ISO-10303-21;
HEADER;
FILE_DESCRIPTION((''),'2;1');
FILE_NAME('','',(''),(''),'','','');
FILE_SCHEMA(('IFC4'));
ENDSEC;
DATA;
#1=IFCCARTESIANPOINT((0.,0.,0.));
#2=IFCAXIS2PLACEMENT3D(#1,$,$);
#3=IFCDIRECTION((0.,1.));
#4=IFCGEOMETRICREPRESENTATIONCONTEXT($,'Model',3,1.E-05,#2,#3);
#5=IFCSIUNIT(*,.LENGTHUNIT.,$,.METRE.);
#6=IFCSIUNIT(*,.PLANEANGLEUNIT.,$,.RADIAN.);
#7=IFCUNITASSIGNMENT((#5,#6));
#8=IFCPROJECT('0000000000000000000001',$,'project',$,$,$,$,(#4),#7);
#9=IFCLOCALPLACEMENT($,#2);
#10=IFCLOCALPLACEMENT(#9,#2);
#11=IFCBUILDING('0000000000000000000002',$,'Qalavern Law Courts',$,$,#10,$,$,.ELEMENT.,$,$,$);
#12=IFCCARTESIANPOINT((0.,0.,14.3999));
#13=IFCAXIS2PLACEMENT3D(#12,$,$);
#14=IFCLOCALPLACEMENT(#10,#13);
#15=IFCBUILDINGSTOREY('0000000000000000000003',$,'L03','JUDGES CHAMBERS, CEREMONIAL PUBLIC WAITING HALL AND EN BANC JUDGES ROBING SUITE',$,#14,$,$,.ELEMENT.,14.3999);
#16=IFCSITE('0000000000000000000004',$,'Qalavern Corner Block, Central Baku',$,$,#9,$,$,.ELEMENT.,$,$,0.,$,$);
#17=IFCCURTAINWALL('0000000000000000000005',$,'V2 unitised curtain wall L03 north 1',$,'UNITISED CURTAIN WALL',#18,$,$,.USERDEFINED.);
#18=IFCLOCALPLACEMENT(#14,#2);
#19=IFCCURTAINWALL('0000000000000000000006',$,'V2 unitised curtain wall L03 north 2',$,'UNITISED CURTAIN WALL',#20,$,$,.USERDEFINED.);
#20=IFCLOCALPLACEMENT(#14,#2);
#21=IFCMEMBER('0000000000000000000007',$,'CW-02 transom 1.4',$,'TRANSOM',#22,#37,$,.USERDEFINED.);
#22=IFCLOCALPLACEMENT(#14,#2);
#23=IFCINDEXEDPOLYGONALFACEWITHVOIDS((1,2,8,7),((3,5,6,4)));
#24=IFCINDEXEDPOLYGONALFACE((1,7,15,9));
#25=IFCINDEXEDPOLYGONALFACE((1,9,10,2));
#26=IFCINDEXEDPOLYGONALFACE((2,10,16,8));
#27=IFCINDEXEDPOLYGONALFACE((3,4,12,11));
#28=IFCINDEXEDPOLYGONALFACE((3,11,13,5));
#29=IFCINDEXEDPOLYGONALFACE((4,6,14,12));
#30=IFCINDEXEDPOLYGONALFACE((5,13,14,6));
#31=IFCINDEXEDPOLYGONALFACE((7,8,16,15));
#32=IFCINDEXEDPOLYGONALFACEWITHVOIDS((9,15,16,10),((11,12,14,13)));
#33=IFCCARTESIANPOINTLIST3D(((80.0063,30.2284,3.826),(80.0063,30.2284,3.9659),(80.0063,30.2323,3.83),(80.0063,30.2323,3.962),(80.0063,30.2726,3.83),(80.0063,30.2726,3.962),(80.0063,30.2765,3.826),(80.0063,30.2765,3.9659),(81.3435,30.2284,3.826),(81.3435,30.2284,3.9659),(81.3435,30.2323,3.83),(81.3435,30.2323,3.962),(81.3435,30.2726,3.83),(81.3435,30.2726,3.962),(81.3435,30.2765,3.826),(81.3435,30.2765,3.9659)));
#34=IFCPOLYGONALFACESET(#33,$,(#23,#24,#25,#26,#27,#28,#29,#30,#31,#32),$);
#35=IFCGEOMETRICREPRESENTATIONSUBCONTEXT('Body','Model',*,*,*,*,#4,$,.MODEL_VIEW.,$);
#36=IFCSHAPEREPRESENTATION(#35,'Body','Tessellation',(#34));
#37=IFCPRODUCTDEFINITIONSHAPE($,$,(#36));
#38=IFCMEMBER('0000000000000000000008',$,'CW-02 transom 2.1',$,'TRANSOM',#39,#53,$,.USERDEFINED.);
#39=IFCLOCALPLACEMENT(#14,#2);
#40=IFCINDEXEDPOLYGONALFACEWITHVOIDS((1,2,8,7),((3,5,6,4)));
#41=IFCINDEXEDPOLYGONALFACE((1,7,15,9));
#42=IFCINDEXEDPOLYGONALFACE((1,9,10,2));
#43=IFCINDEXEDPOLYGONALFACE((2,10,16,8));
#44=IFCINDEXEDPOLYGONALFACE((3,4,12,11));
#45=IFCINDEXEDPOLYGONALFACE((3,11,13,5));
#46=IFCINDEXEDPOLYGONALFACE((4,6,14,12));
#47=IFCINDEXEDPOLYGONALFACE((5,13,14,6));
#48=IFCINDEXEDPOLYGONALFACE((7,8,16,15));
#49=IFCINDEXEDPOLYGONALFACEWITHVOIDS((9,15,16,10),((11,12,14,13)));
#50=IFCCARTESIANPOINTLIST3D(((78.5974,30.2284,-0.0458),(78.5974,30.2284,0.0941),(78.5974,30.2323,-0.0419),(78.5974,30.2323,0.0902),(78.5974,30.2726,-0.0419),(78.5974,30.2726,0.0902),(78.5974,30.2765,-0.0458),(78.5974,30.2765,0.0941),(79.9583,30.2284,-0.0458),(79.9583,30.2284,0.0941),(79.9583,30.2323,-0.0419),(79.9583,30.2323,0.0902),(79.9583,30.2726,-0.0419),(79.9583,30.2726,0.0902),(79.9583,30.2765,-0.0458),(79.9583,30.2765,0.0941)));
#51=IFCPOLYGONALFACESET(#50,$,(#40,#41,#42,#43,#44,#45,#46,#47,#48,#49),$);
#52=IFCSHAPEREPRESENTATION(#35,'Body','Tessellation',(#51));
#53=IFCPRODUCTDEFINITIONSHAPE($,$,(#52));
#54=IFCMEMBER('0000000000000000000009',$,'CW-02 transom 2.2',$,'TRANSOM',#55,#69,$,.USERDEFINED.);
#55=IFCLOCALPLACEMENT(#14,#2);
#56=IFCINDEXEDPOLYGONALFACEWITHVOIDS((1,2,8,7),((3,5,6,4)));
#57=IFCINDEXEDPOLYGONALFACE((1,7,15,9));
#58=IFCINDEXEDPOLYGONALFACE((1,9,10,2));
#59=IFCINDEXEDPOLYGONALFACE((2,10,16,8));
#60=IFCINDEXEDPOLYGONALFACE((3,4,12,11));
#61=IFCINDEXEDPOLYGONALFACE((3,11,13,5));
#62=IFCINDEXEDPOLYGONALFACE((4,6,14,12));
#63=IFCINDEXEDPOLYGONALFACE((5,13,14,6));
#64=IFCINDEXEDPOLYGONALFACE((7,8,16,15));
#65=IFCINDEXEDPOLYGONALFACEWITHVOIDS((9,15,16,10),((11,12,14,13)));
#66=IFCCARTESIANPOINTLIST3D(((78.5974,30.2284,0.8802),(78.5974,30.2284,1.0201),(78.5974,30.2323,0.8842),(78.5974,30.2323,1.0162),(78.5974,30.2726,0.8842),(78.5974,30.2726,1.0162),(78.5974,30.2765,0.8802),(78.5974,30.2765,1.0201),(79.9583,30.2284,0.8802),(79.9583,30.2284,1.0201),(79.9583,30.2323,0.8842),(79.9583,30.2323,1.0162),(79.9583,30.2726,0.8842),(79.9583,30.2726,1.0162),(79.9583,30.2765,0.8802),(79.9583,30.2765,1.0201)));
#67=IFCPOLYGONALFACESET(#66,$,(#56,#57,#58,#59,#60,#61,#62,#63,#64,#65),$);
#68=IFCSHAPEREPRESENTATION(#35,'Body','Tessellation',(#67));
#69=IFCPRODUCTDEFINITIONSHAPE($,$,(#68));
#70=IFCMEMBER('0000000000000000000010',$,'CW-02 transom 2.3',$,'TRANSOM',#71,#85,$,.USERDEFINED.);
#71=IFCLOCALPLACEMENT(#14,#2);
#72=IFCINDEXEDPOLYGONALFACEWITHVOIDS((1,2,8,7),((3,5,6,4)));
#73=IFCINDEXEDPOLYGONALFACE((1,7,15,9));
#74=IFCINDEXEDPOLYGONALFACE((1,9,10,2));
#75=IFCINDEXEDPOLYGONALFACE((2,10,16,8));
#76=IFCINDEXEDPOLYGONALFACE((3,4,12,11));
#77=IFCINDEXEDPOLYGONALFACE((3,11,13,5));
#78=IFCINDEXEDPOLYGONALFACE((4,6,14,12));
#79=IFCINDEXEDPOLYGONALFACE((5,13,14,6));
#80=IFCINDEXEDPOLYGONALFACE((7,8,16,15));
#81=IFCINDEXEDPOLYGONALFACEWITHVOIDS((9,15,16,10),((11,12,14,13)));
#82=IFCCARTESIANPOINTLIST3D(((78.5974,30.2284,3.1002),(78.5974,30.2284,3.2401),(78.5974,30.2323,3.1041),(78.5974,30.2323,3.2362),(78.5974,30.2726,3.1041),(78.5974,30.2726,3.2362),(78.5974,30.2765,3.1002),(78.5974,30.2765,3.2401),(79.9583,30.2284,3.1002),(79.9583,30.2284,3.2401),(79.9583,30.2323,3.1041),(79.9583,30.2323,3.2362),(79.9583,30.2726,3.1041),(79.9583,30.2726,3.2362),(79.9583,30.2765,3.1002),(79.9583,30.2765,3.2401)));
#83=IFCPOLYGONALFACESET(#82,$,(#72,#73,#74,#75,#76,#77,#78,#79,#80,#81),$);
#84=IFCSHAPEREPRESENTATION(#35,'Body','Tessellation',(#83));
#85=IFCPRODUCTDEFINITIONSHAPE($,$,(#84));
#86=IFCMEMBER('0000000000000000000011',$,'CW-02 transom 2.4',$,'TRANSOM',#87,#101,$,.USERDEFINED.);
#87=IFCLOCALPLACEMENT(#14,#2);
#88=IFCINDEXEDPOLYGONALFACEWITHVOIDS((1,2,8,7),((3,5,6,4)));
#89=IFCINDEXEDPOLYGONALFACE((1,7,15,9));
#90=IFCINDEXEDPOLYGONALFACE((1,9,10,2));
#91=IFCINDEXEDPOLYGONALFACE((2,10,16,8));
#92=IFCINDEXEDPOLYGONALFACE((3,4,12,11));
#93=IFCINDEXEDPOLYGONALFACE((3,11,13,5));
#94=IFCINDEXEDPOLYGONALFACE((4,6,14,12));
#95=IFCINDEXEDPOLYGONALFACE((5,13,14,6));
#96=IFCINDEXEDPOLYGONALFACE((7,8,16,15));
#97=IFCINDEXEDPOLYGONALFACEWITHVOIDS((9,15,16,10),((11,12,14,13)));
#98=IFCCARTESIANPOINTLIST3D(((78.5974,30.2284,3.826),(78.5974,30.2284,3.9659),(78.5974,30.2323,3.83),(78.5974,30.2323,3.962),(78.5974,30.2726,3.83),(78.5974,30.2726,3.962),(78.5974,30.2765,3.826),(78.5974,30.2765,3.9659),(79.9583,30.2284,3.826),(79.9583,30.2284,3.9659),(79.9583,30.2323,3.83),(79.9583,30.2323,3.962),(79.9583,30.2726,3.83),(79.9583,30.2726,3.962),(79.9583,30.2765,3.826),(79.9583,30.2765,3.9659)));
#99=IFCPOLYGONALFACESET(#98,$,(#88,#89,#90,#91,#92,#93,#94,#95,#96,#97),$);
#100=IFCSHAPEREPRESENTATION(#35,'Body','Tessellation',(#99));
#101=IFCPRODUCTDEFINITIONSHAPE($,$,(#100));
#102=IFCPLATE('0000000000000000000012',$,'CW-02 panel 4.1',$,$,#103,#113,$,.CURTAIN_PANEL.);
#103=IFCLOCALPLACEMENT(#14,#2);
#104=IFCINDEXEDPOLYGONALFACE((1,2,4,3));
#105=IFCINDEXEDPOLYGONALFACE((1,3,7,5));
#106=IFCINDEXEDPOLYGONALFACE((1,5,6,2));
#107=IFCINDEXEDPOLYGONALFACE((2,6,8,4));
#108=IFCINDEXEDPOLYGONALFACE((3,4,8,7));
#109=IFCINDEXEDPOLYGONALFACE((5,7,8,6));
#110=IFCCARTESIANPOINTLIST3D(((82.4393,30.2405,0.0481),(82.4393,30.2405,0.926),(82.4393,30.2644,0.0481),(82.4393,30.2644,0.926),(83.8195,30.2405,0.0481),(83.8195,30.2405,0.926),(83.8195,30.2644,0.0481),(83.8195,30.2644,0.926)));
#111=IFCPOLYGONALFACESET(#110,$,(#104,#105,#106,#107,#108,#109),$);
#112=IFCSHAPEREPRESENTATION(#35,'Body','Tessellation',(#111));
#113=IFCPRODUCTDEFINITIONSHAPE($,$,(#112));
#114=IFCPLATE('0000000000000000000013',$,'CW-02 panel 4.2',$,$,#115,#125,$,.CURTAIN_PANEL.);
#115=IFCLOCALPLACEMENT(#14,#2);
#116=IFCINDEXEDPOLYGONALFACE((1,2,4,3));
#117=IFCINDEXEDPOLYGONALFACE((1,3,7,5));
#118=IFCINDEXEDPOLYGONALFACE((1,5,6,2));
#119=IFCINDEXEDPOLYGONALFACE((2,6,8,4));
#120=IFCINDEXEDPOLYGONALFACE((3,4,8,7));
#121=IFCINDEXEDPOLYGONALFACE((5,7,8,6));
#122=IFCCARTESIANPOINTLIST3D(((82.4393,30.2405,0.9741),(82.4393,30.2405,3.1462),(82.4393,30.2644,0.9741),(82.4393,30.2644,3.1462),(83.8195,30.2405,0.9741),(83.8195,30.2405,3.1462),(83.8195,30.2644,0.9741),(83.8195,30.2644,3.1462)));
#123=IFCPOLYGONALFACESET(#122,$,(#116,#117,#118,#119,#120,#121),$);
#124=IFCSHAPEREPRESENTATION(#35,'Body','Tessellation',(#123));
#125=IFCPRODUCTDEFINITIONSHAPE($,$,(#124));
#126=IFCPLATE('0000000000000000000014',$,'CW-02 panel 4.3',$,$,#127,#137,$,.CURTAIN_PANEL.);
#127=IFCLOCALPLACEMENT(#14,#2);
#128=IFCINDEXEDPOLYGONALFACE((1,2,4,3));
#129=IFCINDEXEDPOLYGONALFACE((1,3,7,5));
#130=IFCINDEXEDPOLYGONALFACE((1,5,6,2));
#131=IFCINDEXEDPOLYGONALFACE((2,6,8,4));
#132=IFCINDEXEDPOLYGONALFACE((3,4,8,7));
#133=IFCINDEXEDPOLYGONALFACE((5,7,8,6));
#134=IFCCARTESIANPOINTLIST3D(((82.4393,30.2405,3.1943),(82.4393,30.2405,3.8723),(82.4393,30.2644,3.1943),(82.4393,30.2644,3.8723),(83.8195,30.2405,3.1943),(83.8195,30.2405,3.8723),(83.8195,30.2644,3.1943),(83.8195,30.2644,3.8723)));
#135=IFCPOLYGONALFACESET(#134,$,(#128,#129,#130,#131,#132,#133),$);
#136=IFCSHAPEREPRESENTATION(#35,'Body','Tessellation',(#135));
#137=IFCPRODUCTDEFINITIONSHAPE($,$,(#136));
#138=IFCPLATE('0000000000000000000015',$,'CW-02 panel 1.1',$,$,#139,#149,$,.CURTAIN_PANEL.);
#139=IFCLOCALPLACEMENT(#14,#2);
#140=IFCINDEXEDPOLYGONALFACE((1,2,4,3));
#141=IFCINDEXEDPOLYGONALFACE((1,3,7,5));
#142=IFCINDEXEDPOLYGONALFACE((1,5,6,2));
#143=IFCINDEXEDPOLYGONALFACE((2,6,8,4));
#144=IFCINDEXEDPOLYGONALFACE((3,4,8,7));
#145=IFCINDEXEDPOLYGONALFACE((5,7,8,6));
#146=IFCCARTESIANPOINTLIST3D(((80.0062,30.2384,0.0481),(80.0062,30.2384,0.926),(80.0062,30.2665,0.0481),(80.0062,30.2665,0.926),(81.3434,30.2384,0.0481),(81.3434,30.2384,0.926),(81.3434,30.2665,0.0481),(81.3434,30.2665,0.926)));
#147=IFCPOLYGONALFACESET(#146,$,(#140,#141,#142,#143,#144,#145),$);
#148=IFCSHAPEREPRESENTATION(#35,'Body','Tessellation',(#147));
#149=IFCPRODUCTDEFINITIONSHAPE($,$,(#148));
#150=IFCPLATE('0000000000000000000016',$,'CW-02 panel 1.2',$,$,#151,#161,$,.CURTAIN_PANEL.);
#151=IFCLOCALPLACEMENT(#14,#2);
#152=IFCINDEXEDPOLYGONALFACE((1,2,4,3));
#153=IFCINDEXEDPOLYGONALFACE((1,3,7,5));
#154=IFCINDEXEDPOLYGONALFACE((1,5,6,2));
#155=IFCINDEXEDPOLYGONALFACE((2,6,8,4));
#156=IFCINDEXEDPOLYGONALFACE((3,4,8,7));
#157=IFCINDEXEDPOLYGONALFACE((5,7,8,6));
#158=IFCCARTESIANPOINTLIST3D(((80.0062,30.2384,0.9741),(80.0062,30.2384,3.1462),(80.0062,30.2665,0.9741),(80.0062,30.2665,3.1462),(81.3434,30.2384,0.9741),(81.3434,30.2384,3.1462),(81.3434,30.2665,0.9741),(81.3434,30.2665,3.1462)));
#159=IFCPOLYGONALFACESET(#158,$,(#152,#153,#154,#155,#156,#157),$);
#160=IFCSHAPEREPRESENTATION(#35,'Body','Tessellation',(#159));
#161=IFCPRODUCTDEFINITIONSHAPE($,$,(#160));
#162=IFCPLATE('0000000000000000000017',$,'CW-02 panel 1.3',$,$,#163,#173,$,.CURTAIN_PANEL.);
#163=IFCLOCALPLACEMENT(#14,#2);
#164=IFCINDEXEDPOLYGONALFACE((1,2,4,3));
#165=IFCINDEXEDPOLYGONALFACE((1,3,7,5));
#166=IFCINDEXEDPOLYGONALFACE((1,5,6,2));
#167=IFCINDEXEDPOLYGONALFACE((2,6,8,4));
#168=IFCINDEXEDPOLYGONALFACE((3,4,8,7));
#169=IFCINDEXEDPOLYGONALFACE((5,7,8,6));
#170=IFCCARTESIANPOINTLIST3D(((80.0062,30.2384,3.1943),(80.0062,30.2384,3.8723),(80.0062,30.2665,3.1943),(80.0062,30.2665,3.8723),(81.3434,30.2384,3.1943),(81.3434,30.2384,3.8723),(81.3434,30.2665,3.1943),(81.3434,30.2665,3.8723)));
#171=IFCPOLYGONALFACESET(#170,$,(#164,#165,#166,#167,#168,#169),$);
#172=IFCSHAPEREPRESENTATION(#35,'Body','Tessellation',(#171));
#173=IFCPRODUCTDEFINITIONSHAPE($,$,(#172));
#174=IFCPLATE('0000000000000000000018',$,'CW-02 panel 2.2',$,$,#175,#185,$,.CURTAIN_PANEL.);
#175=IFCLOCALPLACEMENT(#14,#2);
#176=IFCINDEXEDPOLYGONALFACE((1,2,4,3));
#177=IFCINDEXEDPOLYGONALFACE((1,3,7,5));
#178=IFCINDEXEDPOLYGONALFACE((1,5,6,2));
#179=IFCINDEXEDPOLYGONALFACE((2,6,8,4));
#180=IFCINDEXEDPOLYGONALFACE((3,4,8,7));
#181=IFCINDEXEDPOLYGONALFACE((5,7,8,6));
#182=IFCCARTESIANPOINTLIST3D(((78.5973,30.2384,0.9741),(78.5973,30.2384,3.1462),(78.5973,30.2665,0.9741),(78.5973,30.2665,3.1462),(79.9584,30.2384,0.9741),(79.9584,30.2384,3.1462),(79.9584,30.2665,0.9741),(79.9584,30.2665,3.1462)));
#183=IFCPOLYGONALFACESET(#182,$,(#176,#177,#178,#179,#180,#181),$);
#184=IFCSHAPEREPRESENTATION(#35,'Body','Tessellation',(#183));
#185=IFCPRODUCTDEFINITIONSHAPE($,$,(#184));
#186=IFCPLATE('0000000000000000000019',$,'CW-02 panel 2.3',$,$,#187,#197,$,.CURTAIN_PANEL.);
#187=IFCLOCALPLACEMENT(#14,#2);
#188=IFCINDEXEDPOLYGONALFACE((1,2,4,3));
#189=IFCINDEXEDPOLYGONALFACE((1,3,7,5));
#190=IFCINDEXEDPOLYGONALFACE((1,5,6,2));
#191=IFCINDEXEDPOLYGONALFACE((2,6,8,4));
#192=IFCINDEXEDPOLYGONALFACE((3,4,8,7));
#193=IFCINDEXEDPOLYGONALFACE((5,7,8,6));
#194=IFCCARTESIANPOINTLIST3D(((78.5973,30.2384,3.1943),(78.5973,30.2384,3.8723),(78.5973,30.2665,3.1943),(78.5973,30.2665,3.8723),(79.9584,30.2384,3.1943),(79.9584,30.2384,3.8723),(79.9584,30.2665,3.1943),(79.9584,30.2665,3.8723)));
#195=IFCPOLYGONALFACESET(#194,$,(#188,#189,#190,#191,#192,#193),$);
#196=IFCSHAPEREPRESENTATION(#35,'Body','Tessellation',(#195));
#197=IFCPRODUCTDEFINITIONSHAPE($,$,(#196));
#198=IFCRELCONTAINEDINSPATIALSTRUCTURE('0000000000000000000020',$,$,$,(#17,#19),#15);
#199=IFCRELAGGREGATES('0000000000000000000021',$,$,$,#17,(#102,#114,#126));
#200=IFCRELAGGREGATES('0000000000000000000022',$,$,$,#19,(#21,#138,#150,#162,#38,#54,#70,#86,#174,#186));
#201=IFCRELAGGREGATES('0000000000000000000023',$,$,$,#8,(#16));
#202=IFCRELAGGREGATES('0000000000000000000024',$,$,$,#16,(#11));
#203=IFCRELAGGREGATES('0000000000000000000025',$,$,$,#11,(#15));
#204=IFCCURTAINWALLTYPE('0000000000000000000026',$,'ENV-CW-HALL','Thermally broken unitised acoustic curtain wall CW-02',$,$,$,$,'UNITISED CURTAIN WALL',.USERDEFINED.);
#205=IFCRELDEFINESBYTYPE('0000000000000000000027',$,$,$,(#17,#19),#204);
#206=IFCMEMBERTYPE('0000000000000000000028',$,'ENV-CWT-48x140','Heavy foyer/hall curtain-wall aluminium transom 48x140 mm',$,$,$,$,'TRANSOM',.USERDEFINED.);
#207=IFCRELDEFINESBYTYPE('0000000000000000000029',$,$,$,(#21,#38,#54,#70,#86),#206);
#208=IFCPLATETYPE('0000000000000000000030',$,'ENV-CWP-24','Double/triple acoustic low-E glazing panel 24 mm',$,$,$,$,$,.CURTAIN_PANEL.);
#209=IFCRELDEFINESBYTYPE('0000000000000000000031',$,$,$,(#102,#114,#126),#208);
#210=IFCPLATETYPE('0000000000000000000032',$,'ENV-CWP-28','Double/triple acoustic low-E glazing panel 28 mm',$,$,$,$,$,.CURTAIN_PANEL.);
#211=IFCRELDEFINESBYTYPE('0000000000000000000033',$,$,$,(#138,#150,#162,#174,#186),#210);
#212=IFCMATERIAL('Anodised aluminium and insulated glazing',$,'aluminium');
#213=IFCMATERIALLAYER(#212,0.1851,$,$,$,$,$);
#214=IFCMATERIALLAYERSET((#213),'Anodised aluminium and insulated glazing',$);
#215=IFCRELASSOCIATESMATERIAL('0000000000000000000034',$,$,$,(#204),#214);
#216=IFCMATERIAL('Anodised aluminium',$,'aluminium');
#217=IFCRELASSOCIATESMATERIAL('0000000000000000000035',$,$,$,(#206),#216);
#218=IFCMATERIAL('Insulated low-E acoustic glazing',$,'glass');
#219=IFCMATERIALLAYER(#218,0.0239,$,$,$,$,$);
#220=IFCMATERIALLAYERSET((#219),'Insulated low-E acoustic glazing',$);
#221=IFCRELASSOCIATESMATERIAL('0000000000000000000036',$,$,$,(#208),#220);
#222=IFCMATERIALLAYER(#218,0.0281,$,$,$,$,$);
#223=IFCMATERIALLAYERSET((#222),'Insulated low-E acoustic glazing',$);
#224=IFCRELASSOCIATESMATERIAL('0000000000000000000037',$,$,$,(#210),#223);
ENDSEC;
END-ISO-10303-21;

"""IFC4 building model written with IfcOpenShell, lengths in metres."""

from ifc_helpers import new_model, si_unit, direction, frame, origin, origin_2d, place, context, subcontext, project, spatial, rectangle, hollow_rectangle, extrude, material, layer, layer_set, material_profile, profile_set, type_object, element, aggregate, save


model = new_model("IFC4")

# Units and contexts
model_context = context("Model", 3, precision=1e-05, world=origin(), true_north=direction((0.0, 1.0)))
body_context = subcontext(model_context, "Body", "Model", "MODEL_VIEW")
ifc_project = project(units=[si_unit("LENGTHUNIT", "METRE"), si_unit("PLANEANGLEUNIT", "RADIAN")], contexts=[model_context])

# Site, building, storey
site_placement = place(None, origin())
site = spatial("IfcSite", under=ifc_project, at=site_placement, Name="Qalavern Corner Block, Central Baku", CompositionType="ELEMENT", RefElevation=0.0)
building_placement = place(site_placement, origin())
building = spatial("IfcBuilding", under=site, at=building_placement, Name="Qalavern Law Courts", CompositionType="ELEMENT")
storey_placement = place(building_placement, frame((0.0, 0.0, 14.3999)))
storey = spatial("IfcBuildingStorey", under=building, at=storey_placement, Name="L03", Description="JUDGES CHAMBERS, CEREMONIAL PUBLIC WAITING HALL AND EN BANC JUDGES ROBING SUITE", CompositionType="ELEMENT", Elevation=14.3999)

# Curtain walls
ifc_material_1 = material(Name="Anodised aluminium and insulated glazing", Category="aluminium")
ifc_layer_1 = layer(ifc_material_1, 0.1851)
ifc_layer_set_1 = layer_set([ifc_layer_1], Name="Anodised aluminium and insulated glazing")
curtain_wall_type = type_object("IfcCurtainWallType", Name="ENV-CW-HALL", Description="Thermally broken unitised acoustic curtain wall CW-02", ElementType="UNITISED CURTAIN WALL", PredefinedType="USERDEFINED", material=ifc_layer_set_1)
curtain_wall_1_placement = place(storey_placement, origin())
curtain_wall_1 = element("IfcCurtainWall", 1, at=curtain_wall_1_placement, inside=storey, type_object=curtain_wall_type, Name="V2 unitised curtain wall L03 north 1", ObjectType="UNITISED CURTAIN WALL", PredefinedType="USERDEFINED")
ifc_material_2 = material(Name="Anodised aluminium", Category="aluminium")
curtain_wall_2_placement = place(storey_placement, origin())
curtain_wall_2 = element("IfcCurtainWall", 2, at=curtain_wall_2_placement, inside=storey, type_object=curtain_wall_type, Name="V2 unitised curtain wall L03 north 2", ObjectType="UNITISED CURTAIN WALL", PredefinedType="USERDEFINED")

# Members
ifc_material_profile_1 = material_profile(ifc_material_2, hollow_rectangle(XDim=0.0481, YDim=0.1399, WallThickness=0.0039, at=origin_2d()), Name="ALU TRANSOM 48x140")
ifc_profile_set_1 = profile_set([ifc_material_profile_1], Name="Anodised aluminium")
member_type_1 = type_object("IfcMemberType", Name="ENV-CWT-48x140", Description="Heavy foyer/hall curtain-wall aluminium transom 48x140 mm", ElementType="TRANSOM", PredefinedType="USERDEFINED", material=ifc_profile_set_1)
member_1_placement = place(storey_placement, frame((81.3435, 30.2524, 3.896), z_axis=(-1.0, 0.0, 0.0), x_axis=(0.0, -1.0, 0.0)))
member_1 = element("IfcMember", 3, at=member_1_placement, type_object=member_type_1, Name="CW-02 transom 1.4", ObjectType="TRANSOM", PredefinedType="USERDEFINED", context=body_context, shape_type="SweptSolid", body=[
    extrude(hollow_rectangle(XDim=0.0481, YDim=0.1399, WallThickness=0.0039, at=origin_2d()), origin(), (0.0, 0.0, 1.0), 1.3372),
])
member_2_placement = place(storey_placement, frame((79.9583, 30.2524, 0.0242), z_axis=(-1.0, 0.0, 0.0), x_axis=(0.0, -1.0, 0.0)))
member_2 = element("IfcMember", 4, at=member_2_placement, type_object=member_type_1, Name="CW-02 transom 2.1", ObjectType="TRANSOM", PredefinedType="USERDEFINED", context=body_context, shape_type="SweptSolid", body=[
    extrude(hollow_rectangle(XDim=0.0481, YDim=0.1399, WallThickness=0.0039, at=origin_2d()), origin(), (0.0, 0.0, 1.0), 1.3608),
])
member_3_placement = place(storey_placement, frame((79.9583, 30.2524, 0.9502), z_axis=(-1.0, 0.0, 0.0), x_axis=(0.0, -1.0, 0.0)))
member_3 = element("IfcMember", 5, at=member_3_placement, type_object=member_type_1, Name="CW-02 transom 2.2", ObjectType="TRANSOM", PredefinedType="USERDEFINED", context=body_context, shape_type="SweptSolid", body=[
    extrude(hollow_rectangle(XDim=0.0481, YDim=0.1399, WallThickness=0.0039, at=origin_2d()), origin(), (0.0, 0.0, 1.0), 1.3608),
])
member_4_placement = place(storey_placement, frame((79.9583, 30.2524, 3.1702), z_axis=(-1.0, 0.0, 0.0), x_axis=(0.0, -1.0, 0.0)))
member_4 = element("IfcMember", 6, at=member_4_placement, type_object=member_type_1, Name="CW-02 transom 2.3", ObjectType="TRANSOM", PredefinedType="USERDEFINED", context=body_context, shape_type="SweptSolid", body=[
    extrude(hollow_rectangle(XDim=0.0481, YDim=0.1399, WallThickness=0.0039, at=origin_2d()), origin(), (0.0, 0.0, 1.0), 1.3608),
])
member_5_placement = place(storey_placement, frame((79.9583, 30.2524, 3.896), z_axis=(-1.0, 0.0, 0.0), x_axis=(0.0, -1.0, 0.0)))
member_5 = element("IfcMember", 7, at=member_5_placement, type_object=member_type_1, Name="CW-02 transom 2.4", ObjectType="TRANSOM", PredefinedType="USERDEFINED", context=body_context, shape_type="SweptSolid", body=[
    extrude(hollow_rectangle(XDim=0.0481, YDim=0.1399, WallThickness=0.0039, at=origin_2d()), origin(), (0.0, 0.0, 1.0), 1.3608),
])

# Plates
ifc_material_3 = material(Name="Insulated low-E acoustic glazing", Category="glass")
ifc_layer_2 = layer(ifc_material_3, 0.0239)
ifc_layer_set_2 = layer_set([ifc_layer_2], Name="Insulated low-E acoustic glazing")
plate_type_1 = type_object("IfcPlateType", Name="ENV-CWP-24", Description="Double/triple acoustic low-E glazing panel 24 mm", PredefinedType="CURTAIN_PANEL", material=ifc_layer_set_2)
plate_1_placement = place(storey_placement, frame((83.1294, 30.2524, 0.0481), z_axis=(0.0, 0.0, 1.0), x_axis=(-1.0, 0.0, 0.0)))
plate_1 = element("IfcPlate", 8, at=plate_1_placement, type_object=plate_type_1, Name="CW-02 panel 4.1", PredefinedType="CURTAIN_PANEL", context=body_context, shape_type="SweptSolid", body=[
    extrude(rectangle(XDim=1.3801, YDim=0.0239, at=origin_2d()), origin(), (0.0, 0.0, 1.0), 0.8779),
])
plate_2_placement = place(storey_placement, frame((83.1294, 30.2524, 0.9741), z_axis=(0.0, 0.0, 1.0), x_axis=(-1.0, 0.0, 0.0)))
plate_2 = element("IfcPlate", 9, at=plate_2_placement, type_object=plate_type_1, Name="CW-02 panel 4.2", PredefinedType="CURTAIN_PANEL", context=body_context, shape_type="SweptSolid", body=[
    extrude(rectangle(XDim=1.3801, YDim=0.0239, at=origin_2d()), origin(), (0.0, 0.0, 1.0), 2.1721),
])
plate_3_placement = place(storey_placement, frame((83.1294, 30.2524, 3.1943), z_axis=(0.0, 0.0, 1.0), x_axis=(-1.0, 0.0, 0.0)))
plate_3 = element("IfcPlate", 10, at=plate_3_placement, type_object=plate_type_1, Name="CW-02 panel 4.3", PredefinedType="CURTAIN_PANEL", context=body_context, shape_type="SweptSolid", body=[
    extrude(rectangle(XDim=1.3801, YDim=0.0239, at=origin_2d()), origin(), (0.0, 0.0, 1.0), 0.678),
])
aggregate(curtain_wall_1, [plate_1, plate_2, plate_3])
ifc_layer_3 = layer(ifc_material_3, 0.0281)
ifc_layer_set_3 = layer_set([ifc_layer_3], Name="Insulated low-E acoustic glazing")
plate_type_2 = type_object("IfcPlateType", Name="ENV-CWP-28", Description="Double/triple acoustic low-E glazing panel 28 mm", PredefinedType="CURTAIN_PANEL", material=ifc_layer_set_3)
plate_4_placement = place(storey_placement, frame((80.6748, 30.2524, 0.0481), z_axis=(0.0, 0.0, 1.0), x_axis=(-1.0, 0.0, 0.0)))
plate_4 = element("IfcPlate", 11, at=plate_4_placement, type_object=plate_type_2, Name="CW-02 panel 1.1", PredefinedType="CURTAIN_PANEL", context=body_context, shape_type="SweptSolid", body=[
    extrude(rectangle(XDim=1.3372, YDim=0.0281, at=origin_2d()), origin(), (0.0, 0.0, 1.0), 0.8779),
])
plate_5_placement = place(storey_placement, frame((80.6748, 30.2524, 0.9741), z_axis=(0.0, 0.0, 1.0), x_axis=(-1.0, 0.0, 0.0)))
plate_5 = element("IfcPlate", 12, at=plate_5_placement, type_object=plate_type_2, Name="CW-02 panel 1.2", PredefinedType="CURTAIN_PANEL", context=body_context, shape_type="SweptSolid", body=[
    extrude(rectangle(XDim=1.3372, YDim=0.0281, at=origin_2d()), origin(), (0.0, 0.0, 1.0), 2.1721),
])
plate_6_placement = place(storey_placement, frame((80.6748, 30.2524, 3.1943), z_axis=(0.0, 0.0, 1.0), x_axis=(-1.0, 0.0, 0.0)))
plate_6 = element("IfcPlate", 13, at=plate_6_placement, type_object=plate_type_2, Name="CW-02 panel 1.3", PredefinedType="CURTAIN_PANEL", context=body_context, shape_type="SweptSolid", body=[
    extrude(rectangle(XDim=1.3372, YDim=0.0281, at=origin_2d()), origin(), (0.0, 0.0, 1.0), 0.678),
])
plate_7_placement = place(storey_placement, frame((79.2778, 30.2524, 0.9741), z_axis=(0.0, 0.0, 1.0), x_axis=(-1.0, 0.0, 0.0)))
plate_7 = element("IfcPlate", 14, at=plate_7_placement, type_object=plate_type_2, Name="CW-02 panel 2.2", PredefinedType="CURTAIN_PANEL", context=body_context, shape_type="SweptSolid", body=[
    extrude(rectangle(XDim=1.3611, YDim=0.0281, at=origin_2d()), origin(), (0.0, 0.0, 1.0), 2.1721),
])
plate_8_placement = place(storey_placement, frame((79.2778, 30.2524, 3.1943), z_axis=(0.0, 0.0, 1.0), x_axis=(-1.0, 0.0, 0.0)))
plate_8 = element("IfcPlate", 15, at=plate_8_placement, type_object=plate_type_2, Name="CW-02 panel 2.3", PredefinedType="CURTAIN_PANEL", context=body_context, shape_type="SweptSolid", body=[
    extrude(rectangle(XDim=1.3611, YDim=0.0281, at=origin_2d()), origin(), (0.0, 0.0, 1.0), 0.678),
])
aggregate(curtain_wall_2, [member_1, plate_4, plate_5, plate_6, member_2, member_3, member_4, member_5, plate_7, plate_8])

save(model, "model.ifc")
